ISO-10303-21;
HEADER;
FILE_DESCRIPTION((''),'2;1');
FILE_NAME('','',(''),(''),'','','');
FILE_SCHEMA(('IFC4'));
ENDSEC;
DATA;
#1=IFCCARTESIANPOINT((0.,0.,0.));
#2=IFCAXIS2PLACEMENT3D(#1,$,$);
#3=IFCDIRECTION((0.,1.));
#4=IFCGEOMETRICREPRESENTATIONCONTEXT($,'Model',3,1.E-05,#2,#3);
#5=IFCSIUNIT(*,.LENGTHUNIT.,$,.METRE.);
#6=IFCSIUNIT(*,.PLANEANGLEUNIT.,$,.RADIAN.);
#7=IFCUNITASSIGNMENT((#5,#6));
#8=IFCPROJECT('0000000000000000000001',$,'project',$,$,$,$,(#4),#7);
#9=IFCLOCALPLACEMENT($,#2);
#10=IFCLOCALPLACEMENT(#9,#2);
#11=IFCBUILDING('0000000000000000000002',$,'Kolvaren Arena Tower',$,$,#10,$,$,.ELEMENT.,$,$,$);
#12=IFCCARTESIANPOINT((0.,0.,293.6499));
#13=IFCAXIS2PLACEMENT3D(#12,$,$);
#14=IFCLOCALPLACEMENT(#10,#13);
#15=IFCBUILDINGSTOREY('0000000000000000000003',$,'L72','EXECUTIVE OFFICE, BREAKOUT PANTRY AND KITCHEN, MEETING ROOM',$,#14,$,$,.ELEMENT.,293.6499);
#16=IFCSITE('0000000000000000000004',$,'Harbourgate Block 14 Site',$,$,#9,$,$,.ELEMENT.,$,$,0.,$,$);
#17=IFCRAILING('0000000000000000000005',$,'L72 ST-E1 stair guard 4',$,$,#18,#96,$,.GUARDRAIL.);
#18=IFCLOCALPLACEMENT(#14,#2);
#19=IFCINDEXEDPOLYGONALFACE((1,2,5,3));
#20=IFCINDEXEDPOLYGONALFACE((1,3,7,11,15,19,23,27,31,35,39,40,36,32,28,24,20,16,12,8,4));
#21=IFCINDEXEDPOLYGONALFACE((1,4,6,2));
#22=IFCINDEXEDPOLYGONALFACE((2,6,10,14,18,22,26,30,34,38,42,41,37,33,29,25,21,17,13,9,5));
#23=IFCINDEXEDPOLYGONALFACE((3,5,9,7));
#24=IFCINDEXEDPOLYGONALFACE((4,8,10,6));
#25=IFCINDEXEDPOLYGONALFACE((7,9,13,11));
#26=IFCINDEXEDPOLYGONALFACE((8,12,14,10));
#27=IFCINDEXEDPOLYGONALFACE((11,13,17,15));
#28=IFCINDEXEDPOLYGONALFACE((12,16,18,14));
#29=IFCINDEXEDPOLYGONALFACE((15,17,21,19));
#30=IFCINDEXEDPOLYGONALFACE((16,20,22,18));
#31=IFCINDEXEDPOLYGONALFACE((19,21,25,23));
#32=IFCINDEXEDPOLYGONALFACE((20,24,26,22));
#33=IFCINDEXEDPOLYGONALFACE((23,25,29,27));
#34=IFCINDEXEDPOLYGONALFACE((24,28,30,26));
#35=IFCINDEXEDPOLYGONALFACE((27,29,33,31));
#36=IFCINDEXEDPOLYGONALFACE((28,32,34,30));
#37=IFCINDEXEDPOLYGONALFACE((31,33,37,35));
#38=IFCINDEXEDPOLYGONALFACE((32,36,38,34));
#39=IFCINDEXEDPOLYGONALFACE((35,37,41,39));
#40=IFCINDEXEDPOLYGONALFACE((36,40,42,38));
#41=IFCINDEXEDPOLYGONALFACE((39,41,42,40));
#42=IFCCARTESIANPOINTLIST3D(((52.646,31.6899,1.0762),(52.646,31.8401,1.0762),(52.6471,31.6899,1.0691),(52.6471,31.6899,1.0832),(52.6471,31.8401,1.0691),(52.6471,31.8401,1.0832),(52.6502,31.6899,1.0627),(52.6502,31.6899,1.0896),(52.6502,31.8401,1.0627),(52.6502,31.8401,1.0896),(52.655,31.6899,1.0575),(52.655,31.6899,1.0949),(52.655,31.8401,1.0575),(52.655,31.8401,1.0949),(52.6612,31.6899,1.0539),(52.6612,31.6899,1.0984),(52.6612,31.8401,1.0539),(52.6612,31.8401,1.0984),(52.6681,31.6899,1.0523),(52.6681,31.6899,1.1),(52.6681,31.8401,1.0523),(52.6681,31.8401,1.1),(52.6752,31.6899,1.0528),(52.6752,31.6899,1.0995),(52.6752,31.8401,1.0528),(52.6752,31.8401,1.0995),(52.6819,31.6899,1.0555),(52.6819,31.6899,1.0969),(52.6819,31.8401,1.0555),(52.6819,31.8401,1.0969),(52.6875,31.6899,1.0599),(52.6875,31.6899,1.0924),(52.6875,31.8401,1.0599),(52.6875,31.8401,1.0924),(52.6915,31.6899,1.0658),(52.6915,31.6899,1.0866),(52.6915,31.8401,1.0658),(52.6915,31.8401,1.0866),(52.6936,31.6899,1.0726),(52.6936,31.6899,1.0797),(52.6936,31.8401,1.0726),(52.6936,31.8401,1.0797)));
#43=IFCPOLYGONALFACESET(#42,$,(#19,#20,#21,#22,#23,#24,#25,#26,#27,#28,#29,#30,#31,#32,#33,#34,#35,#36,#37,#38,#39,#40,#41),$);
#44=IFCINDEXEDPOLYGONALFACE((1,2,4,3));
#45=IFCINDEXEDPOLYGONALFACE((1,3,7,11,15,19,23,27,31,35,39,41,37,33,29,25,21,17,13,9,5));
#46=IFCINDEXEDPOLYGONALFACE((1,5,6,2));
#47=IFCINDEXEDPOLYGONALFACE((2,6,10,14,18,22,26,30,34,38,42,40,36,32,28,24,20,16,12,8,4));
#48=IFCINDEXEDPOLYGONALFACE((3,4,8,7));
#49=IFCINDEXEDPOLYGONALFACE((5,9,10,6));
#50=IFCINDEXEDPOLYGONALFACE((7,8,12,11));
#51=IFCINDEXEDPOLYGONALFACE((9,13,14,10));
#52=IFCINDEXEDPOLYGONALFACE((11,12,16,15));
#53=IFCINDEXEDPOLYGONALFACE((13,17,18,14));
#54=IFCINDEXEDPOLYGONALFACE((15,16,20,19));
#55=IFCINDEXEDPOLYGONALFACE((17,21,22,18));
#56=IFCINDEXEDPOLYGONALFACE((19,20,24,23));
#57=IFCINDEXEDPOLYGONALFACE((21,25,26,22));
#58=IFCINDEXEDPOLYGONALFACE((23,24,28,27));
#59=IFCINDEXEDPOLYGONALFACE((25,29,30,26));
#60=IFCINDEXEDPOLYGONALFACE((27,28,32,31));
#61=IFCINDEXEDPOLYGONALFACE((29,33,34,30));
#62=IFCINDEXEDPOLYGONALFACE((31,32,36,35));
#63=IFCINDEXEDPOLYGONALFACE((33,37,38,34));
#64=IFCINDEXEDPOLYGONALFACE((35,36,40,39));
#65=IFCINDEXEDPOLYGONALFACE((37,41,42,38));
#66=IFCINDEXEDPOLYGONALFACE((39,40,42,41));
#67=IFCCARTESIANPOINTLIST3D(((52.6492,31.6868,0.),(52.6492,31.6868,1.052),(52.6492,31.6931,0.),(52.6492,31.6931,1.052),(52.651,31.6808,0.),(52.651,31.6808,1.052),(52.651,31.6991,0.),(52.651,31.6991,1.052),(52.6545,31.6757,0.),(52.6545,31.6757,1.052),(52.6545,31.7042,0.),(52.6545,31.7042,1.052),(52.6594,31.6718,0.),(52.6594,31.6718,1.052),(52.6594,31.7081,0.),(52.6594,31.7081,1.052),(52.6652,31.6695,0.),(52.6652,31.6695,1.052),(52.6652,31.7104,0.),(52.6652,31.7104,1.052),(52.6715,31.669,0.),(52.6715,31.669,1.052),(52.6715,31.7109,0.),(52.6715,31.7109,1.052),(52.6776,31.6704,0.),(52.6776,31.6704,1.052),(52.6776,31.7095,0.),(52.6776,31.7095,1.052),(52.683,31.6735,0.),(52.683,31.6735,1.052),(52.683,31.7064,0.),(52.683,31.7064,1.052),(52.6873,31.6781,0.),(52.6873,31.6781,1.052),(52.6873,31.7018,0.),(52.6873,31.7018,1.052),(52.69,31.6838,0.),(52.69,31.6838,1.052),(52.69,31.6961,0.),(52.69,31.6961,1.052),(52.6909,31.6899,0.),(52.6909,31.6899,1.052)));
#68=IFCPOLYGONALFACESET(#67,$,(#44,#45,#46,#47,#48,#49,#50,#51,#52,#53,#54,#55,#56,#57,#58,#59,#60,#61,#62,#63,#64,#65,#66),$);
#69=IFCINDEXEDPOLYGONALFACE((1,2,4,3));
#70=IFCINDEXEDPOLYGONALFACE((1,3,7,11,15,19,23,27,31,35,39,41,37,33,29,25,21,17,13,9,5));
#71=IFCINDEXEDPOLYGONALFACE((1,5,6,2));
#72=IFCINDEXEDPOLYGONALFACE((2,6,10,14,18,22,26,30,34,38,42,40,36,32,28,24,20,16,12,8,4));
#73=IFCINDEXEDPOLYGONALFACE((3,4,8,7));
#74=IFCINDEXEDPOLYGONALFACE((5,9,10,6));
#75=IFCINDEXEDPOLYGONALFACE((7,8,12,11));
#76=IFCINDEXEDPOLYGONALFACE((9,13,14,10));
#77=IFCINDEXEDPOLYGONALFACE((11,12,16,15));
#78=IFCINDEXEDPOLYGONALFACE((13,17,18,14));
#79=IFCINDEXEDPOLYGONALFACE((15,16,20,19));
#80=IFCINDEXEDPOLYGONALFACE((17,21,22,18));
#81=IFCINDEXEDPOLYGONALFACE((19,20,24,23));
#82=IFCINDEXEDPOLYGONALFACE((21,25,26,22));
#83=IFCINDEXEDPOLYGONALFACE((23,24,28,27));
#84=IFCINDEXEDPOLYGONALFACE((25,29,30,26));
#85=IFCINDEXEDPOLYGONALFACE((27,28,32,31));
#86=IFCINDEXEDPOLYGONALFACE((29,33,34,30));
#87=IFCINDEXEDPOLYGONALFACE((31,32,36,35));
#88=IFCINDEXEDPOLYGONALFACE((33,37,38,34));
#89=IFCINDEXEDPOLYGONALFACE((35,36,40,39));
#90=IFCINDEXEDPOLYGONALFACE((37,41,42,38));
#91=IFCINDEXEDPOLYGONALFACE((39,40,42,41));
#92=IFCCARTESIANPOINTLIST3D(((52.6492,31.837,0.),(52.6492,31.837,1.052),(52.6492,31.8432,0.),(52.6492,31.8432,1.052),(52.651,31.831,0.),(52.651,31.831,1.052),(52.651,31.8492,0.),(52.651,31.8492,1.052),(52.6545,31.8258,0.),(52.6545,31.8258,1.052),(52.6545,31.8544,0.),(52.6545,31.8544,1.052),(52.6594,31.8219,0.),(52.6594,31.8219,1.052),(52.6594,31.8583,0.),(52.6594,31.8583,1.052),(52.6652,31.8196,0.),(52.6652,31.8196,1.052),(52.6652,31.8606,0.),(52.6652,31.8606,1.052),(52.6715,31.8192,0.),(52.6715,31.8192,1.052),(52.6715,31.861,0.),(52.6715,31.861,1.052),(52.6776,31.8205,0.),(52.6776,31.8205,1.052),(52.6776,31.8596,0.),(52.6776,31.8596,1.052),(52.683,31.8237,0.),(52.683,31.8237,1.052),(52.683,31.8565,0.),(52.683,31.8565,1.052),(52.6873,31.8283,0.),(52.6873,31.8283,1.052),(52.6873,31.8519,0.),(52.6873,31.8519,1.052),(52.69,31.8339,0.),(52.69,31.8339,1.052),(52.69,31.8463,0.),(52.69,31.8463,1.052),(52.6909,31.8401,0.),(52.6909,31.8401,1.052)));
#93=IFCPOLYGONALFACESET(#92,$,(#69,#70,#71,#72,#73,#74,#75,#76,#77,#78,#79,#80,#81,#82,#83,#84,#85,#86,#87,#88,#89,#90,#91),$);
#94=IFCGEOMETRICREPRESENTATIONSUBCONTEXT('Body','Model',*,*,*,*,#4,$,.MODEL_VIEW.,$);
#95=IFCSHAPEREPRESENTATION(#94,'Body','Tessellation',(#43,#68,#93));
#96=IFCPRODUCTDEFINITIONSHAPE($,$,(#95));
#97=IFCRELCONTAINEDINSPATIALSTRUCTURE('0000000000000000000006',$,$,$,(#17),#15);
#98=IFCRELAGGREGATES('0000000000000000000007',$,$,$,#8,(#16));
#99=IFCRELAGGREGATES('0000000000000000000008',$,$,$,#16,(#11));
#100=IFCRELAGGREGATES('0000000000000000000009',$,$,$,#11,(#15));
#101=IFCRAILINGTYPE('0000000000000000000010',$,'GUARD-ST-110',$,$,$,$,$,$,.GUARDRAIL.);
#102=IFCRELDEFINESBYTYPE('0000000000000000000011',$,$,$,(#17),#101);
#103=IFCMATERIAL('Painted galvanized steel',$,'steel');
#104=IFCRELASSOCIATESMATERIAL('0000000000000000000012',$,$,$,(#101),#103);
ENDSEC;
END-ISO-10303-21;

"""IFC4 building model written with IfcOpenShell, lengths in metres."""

from ifc_helpers import new_model, si_unit, direction, frame, origin, origin_2d, place, context, subcontext, project, spatial, circle, extrude, material, type_object, element, save


model = new_model("IFC4")

# Units and contexts
model_context = context("Model", 3, precision=1e-05, world=origin(), true_north=direction((0.0, 1.0)))
body_context = subcontext(model_context, "Body", "Model", "MODEL_VIEW")
ifc_project = project(units=[si_unit("LENGTHUNIT", "METRE"), si_unit("PLANEANGLEUNIT", "RADIAN")], contexts=[model_context])

# Site, building, storey
site_placement = place(None, origin())
site = spatial("IfcSite", under=ifc_project, at=site_placement, Name="Harbourgate Block 14 Site", CompositionType="ELEMENT", RefElevation=0.0)
building_placement = place(site_placement, origin())
building = spatial("IfcBuilding", under=site, at=building_placement, Name="Kolvaren Arena Tower", CompositionType="ELEMENT")
storey_placement = place(building_placement, frame((0.0, 0.0, 293.6499)))
storey = spatial("IfcBuildingStorey", under=building, at=storey_placement, Name="L72", Description="EXECUTIVE OFFICE, BREAKOUT PANTRY AND KITCHEN, MEETING ROOM", CompositionType="ELEMENT", Elevation=293.6499)

# Railing
ifc_material_1 = material(Name="Painted galvanized steel", Category="steel")
railing_type_1 = type_object("IfcRailingType", Name="GUARD-ST-110", PredefinedType="GUARDRAIL", material=ifc_material_1)
railing_1_placement = place(storey_placement, frame((52.6699, 31.6899, 0.0)))
element("IfcRailing", 1, at=railing_1_placement, inside=storey, type_object=railing_type_1, Name="L72 ST-E1 stair guard 4", PredefinedType="GUARDRAIL", context=body_context, shape_type="SweptSolid", body=[
    extrude(circle(Radius=0.0239, at=origin_2d()), frame((0.0, 0.0, 1.0762), z_axis=(0.0, 1.0, 0.0), x_axis=(-1.0, 0.0, 0.0)), (0.0, 0.0, 1.0), 0.1501),
    extrude(circle(Radius=0.021, at=origin_2d()), origin(), (0.0, 0.0, 1.0), 1.052),
    extrude(circle(Radius=0.021, at=origin_2d()), frame((0.0, 0.1501, 0.0)), (0.0, 0.0, 1.0), 1.052),
])

save(model, "model.ifc")
